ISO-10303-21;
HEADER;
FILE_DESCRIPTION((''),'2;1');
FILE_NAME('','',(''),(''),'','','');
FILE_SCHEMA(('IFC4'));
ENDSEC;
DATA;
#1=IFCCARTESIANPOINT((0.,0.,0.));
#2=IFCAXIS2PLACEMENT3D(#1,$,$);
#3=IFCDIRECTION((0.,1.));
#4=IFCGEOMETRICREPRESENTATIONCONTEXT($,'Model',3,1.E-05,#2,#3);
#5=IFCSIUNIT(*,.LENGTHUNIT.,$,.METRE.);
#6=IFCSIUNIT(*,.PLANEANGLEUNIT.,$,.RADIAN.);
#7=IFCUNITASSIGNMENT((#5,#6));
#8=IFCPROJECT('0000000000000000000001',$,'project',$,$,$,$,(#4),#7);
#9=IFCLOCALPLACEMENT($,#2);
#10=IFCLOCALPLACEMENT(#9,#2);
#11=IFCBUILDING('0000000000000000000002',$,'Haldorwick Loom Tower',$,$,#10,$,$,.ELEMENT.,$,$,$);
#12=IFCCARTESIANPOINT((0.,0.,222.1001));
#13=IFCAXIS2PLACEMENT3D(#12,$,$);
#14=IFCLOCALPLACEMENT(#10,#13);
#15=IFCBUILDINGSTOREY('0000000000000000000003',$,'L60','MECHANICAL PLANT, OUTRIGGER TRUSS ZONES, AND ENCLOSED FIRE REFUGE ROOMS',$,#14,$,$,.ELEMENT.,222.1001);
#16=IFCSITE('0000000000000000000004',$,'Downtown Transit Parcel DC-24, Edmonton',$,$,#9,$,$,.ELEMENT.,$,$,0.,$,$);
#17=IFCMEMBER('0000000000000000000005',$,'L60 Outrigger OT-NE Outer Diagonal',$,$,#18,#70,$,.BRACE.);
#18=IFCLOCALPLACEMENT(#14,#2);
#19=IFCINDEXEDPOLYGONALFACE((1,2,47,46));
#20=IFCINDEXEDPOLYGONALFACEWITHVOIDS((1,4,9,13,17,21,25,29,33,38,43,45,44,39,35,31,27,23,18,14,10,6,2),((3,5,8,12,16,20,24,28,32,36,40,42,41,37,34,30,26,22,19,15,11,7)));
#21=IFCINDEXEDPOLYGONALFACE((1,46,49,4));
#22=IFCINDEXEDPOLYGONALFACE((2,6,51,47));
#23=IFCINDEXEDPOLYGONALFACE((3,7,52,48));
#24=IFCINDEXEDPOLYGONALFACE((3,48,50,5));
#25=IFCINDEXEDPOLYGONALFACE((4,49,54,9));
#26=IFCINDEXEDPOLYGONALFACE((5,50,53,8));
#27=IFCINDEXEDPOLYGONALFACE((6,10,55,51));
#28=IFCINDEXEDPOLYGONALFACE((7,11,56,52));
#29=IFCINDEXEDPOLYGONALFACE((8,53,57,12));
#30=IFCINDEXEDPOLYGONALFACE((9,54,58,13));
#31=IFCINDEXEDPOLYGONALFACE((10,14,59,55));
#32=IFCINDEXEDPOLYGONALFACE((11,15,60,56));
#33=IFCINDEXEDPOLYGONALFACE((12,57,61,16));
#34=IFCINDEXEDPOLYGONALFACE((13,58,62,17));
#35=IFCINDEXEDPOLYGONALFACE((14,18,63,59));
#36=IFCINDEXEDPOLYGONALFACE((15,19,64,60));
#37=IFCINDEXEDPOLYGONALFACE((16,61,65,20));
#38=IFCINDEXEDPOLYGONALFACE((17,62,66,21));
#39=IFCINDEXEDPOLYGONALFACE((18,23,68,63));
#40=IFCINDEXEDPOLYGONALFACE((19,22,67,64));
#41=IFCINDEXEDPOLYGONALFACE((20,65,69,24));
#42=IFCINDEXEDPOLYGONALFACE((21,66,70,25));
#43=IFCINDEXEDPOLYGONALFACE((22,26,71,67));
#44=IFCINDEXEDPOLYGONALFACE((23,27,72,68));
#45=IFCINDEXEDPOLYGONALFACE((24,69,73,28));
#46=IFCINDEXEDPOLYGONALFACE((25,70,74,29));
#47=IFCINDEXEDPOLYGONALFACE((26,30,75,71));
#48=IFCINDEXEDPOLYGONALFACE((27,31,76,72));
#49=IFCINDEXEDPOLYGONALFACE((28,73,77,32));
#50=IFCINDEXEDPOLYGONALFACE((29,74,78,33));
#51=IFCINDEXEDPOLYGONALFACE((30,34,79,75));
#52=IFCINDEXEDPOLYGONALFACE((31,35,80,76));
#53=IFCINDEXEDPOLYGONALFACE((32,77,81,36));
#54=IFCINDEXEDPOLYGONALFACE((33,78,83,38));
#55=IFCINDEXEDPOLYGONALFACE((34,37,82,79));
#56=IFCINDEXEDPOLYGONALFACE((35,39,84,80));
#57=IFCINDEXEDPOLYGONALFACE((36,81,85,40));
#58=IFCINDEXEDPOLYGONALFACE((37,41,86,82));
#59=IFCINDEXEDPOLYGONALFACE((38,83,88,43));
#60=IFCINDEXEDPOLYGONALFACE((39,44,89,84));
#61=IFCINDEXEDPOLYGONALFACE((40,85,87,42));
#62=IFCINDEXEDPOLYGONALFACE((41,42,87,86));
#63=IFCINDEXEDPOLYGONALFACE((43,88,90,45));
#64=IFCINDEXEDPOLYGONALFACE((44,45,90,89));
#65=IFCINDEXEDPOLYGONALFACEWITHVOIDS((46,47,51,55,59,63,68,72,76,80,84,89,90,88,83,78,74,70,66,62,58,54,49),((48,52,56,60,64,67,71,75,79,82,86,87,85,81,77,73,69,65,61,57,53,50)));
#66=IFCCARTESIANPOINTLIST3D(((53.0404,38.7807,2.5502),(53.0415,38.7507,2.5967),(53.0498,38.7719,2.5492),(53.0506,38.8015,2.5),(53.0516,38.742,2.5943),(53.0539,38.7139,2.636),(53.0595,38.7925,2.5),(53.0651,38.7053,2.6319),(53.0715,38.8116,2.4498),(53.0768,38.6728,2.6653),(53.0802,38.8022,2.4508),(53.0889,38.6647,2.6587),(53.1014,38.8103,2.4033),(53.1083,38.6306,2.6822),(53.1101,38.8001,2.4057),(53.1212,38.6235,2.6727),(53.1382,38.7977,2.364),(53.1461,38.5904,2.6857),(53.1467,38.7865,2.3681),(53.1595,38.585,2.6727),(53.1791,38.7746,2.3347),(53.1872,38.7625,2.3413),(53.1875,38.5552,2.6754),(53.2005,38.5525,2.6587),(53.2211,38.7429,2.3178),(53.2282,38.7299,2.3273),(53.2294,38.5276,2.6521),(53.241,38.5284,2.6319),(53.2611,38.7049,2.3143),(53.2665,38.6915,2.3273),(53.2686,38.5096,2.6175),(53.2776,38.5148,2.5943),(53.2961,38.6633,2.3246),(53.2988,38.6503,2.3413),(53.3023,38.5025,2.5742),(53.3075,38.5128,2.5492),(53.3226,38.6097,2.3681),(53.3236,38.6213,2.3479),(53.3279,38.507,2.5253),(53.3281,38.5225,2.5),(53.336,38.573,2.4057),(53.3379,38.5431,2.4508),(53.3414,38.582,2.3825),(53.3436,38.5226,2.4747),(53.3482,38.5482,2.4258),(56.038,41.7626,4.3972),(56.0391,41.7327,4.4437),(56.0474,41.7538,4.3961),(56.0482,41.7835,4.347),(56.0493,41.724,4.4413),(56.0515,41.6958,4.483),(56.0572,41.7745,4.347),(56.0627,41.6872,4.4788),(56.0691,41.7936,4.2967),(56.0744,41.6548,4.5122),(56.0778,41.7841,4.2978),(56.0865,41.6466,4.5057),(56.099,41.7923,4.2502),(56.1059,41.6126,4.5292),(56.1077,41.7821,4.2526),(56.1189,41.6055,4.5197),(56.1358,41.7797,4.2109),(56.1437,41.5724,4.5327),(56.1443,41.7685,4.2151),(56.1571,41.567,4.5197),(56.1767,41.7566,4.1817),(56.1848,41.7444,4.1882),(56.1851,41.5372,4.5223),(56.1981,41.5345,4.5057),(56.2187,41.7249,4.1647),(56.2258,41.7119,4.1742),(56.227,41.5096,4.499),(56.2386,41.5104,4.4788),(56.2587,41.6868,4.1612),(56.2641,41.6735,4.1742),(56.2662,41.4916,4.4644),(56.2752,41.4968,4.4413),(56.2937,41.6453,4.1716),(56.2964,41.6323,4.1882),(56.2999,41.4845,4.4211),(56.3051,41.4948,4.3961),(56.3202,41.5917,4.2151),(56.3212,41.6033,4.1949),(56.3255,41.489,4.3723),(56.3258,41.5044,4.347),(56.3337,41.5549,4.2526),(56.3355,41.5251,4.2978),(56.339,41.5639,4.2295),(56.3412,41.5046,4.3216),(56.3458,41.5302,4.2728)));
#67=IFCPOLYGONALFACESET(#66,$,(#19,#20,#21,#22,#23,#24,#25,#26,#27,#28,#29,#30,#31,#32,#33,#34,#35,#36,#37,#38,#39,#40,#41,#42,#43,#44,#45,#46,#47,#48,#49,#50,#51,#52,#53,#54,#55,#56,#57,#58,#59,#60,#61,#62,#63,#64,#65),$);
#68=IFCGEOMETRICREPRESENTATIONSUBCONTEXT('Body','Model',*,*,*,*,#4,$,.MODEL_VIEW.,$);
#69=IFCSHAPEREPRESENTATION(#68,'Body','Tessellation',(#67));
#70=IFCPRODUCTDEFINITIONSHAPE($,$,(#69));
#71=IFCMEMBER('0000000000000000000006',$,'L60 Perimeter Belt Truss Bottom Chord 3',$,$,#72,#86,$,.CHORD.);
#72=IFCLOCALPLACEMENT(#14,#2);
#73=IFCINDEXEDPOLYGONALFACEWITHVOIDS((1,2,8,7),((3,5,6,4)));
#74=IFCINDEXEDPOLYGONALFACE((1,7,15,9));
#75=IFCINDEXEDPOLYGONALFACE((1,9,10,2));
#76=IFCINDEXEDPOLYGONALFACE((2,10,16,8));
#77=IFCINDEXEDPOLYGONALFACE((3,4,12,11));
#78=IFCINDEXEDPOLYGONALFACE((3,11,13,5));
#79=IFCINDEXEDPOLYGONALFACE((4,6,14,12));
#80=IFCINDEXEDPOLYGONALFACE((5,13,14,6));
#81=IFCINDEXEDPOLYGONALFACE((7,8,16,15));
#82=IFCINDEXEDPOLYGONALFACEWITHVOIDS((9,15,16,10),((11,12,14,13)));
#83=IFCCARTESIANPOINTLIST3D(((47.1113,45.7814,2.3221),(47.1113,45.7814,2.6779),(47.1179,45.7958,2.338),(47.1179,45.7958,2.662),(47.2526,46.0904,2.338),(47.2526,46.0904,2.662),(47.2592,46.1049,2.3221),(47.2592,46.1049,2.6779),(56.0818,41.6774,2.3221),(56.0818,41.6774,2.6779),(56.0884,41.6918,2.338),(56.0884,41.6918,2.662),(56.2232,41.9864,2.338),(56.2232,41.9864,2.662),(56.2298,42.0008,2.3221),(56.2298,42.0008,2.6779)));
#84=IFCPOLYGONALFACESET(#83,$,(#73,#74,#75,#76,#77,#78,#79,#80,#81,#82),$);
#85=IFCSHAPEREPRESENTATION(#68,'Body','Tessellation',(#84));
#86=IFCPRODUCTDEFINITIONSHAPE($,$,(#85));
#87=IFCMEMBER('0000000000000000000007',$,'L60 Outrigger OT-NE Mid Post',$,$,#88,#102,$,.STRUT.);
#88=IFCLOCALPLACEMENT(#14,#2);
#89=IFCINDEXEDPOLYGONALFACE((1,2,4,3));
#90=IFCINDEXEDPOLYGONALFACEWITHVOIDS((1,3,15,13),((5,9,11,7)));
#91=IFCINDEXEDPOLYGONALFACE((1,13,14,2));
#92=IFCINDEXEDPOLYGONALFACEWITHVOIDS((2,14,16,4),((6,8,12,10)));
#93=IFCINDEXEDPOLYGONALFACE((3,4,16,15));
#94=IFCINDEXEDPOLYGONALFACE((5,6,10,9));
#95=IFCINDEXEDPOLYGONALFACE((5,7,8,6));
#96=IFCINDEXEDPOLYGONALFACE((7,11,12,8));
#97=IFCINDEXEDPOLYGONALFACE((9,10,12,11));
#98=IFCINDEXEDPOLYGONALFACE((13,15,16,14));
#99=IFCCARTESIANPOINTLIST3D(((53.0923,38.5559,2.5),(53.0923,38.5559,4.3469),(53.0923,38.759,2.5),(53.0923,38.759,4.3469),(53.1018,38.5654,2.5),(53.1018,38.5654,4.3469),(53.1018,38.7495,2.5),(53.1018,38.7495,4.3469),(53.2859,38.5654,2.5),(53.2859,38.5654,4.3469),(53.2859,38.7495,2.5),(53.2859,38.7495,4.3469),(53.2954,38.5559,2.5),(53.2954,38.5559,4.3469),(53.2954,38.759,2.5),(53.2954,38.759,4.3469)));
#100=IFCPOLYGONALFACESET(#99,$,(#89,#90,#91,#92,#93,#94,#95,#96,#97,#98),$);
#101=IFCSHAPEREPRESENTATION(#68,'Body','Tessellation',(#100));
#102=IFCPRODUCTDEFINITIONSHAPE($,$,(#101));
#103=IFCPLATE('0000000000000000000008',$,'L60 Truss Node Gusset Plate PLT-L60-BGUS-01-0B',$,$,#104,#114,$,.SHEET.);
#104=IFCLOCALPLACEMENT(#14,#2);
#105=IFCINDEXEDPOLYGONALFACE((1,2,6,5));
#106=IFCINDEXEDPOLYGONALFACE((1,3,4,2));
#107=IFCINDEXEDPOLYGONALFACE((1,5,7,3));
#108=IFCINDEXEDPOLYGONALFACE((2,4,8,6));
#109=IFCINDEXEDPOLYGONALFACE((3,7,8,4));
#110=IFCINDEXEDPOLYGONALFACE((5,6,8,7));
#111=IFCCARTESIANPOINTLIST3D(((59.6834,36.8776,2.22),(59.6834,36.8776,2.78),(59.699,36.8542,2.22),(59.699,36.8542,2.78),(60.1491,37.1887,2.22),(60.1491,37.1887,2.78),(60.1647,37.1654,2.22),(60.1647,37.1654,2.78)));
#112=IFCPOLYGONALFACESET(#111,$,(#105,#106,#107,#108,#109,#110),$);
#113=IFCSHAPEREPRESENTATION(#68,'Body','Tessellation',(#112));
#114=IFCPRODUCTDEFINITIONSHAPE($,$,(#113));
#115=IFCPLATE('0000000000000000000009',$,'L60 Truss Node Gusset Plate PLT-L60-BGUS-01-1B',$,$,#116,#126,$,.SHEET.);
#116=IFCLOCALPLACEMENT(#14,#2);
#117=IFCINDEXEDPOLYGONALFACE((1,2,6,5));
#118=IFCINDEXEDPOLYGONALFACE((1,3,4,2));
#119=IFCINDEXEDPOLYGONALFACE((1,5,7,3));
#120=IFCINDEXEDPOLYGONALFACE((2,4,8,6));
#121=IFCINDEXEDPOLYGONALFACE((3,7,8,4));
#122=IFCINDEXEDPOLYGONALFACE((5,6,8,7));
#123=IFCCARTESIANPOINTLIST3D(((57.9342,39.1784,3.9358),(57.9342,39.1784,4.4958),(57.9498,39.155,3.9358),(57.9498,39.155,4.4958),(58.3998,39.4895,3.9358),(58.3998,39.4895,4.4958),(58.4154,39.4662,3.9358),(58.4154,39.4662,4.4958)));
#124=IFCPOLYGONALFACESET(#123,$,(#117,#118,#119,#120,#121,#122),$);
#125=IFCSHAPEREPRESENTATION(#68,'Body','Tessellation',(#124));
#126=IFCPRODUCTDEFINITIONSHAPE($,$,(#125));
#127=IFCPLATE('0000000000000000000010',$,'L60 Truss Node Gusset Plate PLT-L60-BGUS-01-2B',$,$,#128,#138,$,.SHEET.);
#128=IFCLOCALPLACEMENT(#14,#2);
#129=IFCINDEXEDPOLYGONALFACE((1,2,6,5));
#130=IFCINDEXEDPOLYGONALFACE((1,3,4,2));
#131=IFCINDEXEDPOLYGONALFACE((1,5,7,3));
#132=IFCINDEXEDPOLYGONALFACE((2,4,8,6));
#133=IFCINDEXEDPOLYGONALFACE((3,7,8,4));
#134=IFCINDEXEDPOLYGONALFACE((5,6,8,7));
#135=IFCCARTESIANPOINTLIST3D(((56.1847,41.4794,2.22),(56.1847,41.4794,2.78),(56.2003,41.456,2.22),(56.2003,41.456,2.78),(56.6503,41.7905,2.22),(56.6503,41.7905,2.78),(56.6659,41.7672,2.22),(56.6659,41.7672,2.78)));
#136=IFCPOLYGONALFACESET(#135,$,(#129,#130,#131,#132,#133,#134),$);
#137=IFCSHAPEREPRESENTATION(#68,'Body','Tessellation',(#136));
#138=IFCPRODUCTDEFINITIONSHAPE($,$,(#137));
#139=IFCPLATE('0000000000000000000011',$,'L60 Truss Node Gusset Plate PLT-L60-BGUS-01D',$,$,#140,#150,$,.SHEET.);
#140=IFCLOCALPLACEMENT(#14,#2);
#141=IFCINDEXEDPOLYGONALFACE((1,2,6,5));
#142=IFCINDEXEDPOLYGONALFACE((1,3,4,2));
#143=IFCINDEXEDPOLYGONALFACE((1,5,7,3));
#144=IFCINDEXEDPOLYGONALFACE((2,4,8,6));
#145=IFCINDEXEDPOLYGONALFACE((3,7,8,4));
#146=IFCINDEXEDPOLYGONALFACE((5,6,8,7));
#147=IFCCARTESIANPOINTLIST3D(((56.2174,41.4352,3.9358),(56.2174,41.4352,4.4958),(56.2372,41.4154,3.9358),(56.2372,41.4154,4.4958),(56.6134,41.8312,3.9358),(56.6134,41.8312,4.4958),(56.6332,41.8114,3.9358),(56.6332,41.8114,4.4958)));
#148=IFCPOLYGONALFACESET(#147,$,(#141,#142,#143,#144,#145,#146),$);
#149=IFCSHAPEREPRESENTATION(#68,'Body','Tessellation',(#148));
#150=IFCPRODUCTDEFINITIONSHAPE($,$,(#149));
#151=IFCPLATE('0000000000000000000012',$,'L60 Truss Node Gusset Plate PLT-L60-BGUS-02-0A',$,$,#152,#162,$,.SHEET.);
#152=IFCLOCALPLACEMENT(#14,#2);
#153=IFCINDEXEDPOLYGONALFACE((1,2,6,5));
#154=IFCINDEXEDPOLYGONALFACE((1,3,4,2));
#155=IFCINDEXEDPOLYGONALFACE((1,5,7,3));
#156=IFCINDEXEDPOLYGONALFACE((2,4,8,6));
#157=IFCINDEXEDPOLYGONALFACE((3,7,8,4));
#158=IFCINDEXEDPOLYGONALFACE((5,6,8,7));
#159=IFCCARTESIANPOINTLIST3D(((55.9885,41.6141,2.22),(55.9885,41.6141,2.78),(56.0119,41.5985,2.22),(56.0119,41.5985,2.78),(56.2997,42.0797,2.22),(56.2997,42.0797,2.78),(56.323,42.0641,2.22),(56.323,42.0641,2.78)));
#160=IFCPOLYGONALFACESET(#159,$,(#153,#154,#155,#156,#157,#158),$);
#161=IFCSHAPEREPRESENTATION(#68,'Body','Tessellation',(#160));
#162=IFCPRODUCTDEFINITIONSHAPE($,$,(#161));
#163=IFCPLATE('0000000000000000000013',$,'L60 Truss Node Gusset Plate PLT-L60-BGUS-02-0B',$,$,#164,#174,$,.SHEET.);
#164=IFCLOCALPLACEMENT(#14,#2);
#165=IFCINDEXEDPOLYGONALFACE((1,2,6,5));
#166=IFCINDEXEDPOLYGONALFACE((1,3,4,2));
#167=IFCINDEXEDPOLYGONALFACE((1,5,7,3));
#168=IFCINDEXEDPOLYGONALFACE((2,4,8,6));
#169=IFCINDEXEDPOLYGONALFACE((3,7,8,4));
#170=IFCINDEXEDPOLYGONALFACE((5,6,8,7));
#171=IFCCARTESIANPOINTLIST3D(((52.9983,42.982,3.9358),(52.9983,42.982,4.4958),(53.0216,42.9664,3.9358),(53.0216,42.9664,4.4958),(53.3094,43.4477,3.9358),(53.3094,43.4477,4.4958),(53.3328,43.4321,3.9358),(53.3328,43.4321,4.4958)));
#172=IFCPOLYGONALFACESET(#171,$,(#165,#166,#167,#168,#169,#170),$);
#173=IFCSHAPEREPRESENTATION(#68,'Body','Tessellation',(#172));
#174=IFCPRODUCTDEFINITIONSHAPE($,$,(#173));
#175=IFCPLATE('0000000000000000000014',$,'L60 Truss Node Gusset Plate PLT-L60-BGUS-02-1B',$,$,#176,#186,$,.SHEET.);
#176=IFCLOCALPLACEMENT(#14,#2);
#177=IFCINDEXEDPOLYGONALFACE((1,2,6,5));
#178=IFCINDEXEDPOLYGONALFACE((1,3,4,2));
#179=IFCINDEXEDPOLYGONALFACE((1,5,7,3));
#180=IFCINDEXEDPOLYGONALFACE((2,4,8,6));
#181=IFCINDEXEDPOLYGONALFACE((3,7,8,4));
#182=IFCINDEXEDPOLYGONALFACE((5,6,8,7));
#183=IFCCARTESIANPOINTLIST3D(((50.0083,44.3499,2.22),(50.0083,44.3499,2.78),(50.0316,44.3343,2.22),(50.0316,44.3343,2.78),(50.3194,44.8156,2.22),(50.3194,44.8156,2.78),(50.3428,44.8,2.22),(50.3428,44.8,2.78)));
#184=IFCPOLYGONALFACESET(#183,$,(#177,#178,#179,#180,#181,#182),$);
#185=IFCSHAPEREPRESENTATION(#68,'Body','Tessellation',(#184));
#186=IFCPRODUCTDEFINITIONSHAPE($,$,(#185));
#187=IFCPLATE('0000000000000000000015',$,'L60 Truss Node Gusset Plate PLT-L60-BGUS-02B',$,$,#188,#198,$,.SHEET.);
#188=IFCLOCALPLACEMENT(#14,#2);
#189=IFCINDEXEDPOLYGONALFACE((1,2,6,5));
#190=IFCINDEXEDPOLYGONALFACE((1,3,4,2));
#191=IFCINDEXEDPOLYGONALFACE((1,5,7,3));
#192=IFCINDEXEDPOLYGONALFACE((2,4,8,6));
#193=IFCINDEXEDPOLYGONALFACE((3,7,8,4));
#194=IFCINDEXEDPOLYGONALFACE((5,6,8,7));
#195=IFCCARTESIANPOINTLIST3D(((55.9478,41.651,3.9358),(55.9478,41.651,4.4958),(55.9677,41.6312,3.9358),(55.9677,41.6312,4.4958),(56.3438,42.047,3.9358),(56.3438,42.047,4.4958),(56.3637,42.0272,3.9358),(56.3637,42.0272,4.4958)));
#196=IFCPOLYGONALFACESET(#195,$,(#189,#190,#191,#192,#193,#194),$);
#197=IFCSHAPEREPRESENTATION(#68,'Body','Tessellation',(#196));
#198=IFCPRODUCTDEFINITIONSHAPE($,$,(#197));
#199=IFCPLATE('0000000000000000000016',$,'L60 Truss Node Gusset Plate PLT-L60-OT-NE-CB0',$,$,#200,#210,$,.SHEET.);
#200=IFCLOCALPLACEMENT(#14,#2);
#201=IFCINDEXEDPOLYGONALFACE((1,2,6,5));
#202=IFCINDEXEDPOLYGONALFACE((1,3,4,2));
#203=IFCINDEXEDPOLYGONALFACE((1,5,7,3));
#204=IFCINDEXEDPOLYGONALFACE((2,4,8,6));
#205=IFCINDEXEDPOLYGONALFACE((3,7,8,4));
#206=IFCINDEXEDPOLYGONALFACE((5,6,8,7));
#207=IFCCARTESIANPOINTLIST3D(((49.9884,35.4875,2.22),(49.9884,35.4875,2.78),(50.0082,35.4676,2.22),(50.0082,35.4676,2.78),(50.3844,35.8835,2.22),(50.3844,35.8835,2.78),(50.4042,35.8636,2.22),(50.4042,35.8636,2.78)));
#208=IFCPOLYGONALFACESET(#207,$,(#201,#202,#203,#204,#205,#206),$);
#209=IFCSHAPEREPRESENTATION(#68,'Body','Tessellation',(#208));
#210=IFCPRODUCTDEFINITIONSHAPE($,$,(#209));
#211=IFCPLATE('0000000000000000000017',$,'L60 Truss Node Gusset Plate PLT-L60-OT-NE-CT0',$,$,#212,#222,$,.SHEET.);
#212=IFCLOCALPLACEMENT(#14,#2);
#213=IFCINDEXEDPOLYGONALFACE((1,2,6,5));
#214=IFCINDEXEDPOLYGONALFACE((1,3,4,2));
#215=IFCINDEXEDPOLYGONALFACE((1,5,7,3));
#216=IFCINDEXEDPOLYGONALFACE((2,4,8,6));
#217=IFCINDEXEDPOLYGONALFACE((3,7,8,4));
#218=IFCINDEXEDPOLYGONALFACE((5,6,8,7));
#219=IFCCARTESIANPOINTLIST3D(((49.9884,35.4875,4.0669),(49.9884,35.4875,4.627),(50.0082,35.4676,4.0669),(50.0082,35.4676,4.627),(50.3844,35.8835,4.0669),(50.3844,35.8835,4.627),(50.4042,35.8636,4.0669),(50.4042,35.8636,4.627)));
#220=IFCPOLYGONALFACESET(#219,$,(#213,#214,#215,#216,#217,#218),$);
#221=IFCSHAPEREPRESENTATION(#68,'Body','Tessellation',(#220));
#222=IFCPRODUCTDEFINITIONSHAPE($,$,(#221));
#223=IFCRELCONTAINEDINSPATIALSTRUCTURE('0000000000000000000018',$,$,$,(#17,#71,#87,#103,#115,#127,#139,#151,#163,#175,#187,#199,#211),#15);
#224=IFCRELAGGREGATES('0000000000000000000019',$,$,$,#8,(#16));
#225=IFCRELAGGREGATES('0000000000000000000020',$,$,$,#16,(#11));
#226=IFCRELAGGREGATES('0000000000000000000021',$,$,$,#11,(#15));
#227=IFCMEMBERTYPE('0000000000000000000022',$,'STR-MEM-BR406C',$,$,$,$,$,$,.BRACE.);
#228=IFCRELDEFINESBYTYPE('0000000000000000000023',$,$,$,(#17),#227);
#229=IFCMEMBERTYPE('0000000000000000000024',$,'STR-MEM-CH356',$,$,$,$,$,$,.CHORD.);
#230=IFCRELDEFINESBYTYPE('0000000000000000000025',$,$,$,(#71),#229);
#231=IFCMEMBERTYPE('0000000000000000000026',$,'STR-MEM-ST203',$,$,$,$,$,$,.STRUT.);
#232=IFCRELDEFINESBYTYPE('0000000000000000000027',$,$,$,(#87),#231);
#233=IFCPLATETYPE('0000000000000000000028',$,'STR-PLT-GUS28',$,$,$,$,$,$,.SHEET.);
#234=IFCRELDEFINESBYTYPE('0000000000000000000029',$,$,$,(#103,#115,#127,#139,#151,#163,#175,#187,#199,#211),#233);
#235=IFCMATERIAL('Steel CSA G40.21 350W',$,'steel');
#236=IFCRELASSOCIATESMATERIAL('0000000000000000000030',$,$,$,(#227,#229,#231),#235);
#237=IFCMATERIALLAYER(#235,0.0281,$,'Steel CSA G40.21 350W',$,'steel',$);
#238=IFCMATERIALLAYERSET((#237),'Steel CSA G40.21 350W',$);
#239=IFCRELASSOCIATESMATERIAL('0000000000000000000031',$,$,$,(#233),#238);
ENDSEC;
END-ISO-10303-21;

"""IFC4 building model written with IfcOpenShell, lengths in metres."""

from ifc_helpers import new_model, si_unit, direction, frame, origin, origin_2d, place, context, subcontext, project, spatial, rectangle, hollow_rectangle, hollow_circle, extrude, material, layer, layer_set, material_profile, profile_set, type_object, element, save


model = new_model("IFC4")

# Units and contexts
model_context = context("Model", 3, precision=1e-05, world=origin(), true_north=direction((0.0, 1.0)))
body_context = subcontext(model_context, "Body", "Model", "MODEL_VIEW")
ifc_project = project(units=[si_unit("LENGTHUNIT", "METRE"), si_unit("PLANEANGLEUNIT", "RADIAN")], contexts=[model_context])

# Site, building, storey
site_placement = place(None, origin())
site = spatial("IfcSite", under=ifc_project, at=site_placement, Name="Downtown Transit Parcel DC-24, Edmonton", CompositionType="ELEMENT", RefElevation=0.0)
building_placement = place(site_placement, origin())
building = spatial("IfcBuilding", under=site, at=building_placement, Name="Haldorwick Loom Tower", CompositionType="ELEMENT")
storey_placement = place(building_placement, frame((0.0, 0.0, 222.1001)))
storey = spatial("IfcBuildingStorey", under=building, at=storey_placement, Name="L60", Description="MECHANICAL PLANT, OUTRIGGER TRUSS ZONES, AND ENCLOSED FIRE REFUGE ROOMS", CompositionType="ELEMENT", Elevation=222.1001)

# Shared definitions
ifc_material_1 = material(Name="Steel CSA G40.21 350W", Category="steel")

# Members
ifc_material_profile_1 = material_profile(ifc_material_1, hollow_circle(Radius=0.2031, WallThickness=0.0127, at=origin_2d()), Name="HSS406X13", Category="steel")
ifc_profile_set_1 = profile_set([ifc_material_profile_1], Name="Steel CSA G40.21 350W")
member_type_1 = type_object("IfcMemberType", Name="STR-MEM-BR406C", PredefinedType="BRACE", material=ifc_profile_set_1)
member_1_placement = place(storey_placement, frame((53.1938, 38.6575, 2.5), z_axis=(0.649675, 0.646288, 0.400292), x_axis=(-0.705257, 0.708952, 0.0)))
element("IfcMember", 1, at=member_1_placement, inside=storey, type_object=member_type_1, Name="L60 Outrigger OT-NE Outer Diagonal", PredefinedType="BRACE", context=body_context, shape_type="SweptSolid", body=[
    extrude(hollow_circle(Radius=0.2031, WallThickness=0.0127, at=origin_2d()), origin(), (0.0, 0.0, 1.0), 4.614),
])
ifc_material_profile_2 = material_profile(ifc_material_1, hollow_rectangle(XDim=0.3557, YDim=0.3557, WallThickness=0.0159, at=origin_2d()), Name="HSS356X356X16", Category="steel")
ifc_profile_set_2 = profile_set([ifc_material_profile_2], Name="Steel CSA G40.21 350W")
member_type_2 = type_object("IfcMemberType", Name="STR-MEM-CH356", PredefinedType="CHORD", material=ifc_profile_set_2)
member_2_placement = place(storey_placement, frame((56.1558, 41.8391, 2.5), z_axis=(-0.909351, 0.41603, 0.0), x_axis=(-0.41603, -0.909351, 0.0)))
element("IfcMember", 2, at=member_2_placement, inside=storey, type_object=member_type_2, Name="L60 Perimeter Belt Truss Bottom Chord 3", PredefinedType="CHORD", context=body_context, shape_type="SweptSolid", body=[
    extrude(hollow_rectangle(XDim=0.3557, YDim=0.3557, WallThickness=0.0159, at=origin_2d()), origin(), (0.0, 0.0, 1.0), 9.8647),
])
ifc_material_profile_3 = material_profile(ifc_material_1, hollow_rectangle(XDim=0.2031, YDim=0.2031, WallThickness=0.0095, at=origin_2d()), Name="HSS203X203X10", Category="steel")
ifc_profile_set_3 = profile_set([ifc_material_profile_3], Name="Steel CSA G40.21 350W")
member_type_3 = type_object("IfcMemberType", Name="STR-MEM-ST203", PredefinedType="STRUT", material=ifc_profile_set_3)
member_3_placement = place(storey_placement, frame((53.1938, 38.6575, 2.5), z_axis=(0.0, 0.0, 1.0), x_axis=(1.0, 0.0, 0.0)))
element("IfcMember", 3, at=member_3_placement, inside=storey, type_object=member_type_3, Name="L60 Outrigger OT-NE Mid Post", PredefinedType="STRUT", context=body_context, shape_type="SweptSolid", body=[
    extrude(hollow_rectangle(XDim=0.2031, YDim=0.2031, WallThickness=0.0095, at=origin_2d()), origin(), (0.0, 0.0, 1.0), 1.8469),
])

# Plates
ifc_layer_1 = layer(ifc_material_1, 0.0281, Name="Steel CSA G40.21 350W", Category="steel")
ifc_layer_set_1 = layer_set([ifc_layer_1], Name="Steel CSA G40.21 350W")
plate_type = type_object("IfcPlateType", Name="STR-PLT-GUS28", PredefinedType="SHEET", material=ifc_layer_set_1)
for number, where, z_axis, x_axis, name in (
    (4, (59.9241, 37.0215, 2.22), (0.0, 0.0, 1.0), (0.83147, 0.55557, 0.0), "L60 Truss Node Gusset Plate PLT-L60-BGUS-01-0B"),
    (5, (58.1748, 39.3223, 3.9358), (0.0, 0.0, 1.0), (0.83147, 0.55557, 0.0), "L60 Truss Node Gusset Plate PLT-L60-BGUS-01-1B"),
    (6, (56.4253, 41.6233, 2.22), (0.0, 0.0, 1.0), (0.83147, 0.55557, 0.0), "L60 Truss Node Gusset Plate PLT-L60-BGUS-01-2B"),
    (7, (56.4253, 41.6233, 3.9358), (0.0, 0.0, 1.0), (0.707107, 0.707107, 0.0), "L60 Truss Node Gusset Plate PLT-L60-BGUS-01D"),
    (8, (56.1558, 41.8391, 2.22), (0.0, 0.0, 1.0), (0.55557, 0.83147, 0.0), "L60 Truss Node Gusset Plate PLT-L60-BGUS-02-0A"),
    (9, (53.1655, 43.207, 3.9358), (0.0, 0.0, 1.0), (0.55557, 0.83147, 0.0), "L60 Truss Node Gusset Plate PLT-L60-BGUS-02-0B"),
    (10, (50.1755, 44.575, 2.22), (0.0, 0.0, 1.0), (0.55557, 0.83147, 0.0), "L60 Truss Node Gusset Plate PLT-L60-BGUS-02-1B"),
    (11, (56.1558, 41.8391, 3.9358), (0.0, 0.0, 1.0), (0.707107, 0.707107, 0.0), "L60 Truss Node Gusset Plate PLT-L60-BGUS-02B"),
    (12, (50.1963, 35.6755, 2.22), (0.0, 0.0, 1.0), (0.707107, 0.707107, 0.0), "L60 Truss Node Gusset Plate PLT-L60-OT-NE-CB0"),
    (13, (50.1963, 35.6755, 4.0669), (0.0, 0.0, 1.0), (0.707107, 0.707107, 0.0), "L60 Truss Node Gusset Plate PLT-L60-OT-NE-CT0"),
):
    element("IfcPlate", number, at=place(storey_placement, frame(where, z_axis=z_axis, x_axis=x_axis)), inside=storey, type_object=plate_type, Name=name, PredefinedType="SHEET", context=body_context, shape_type="SweptSolid", body=[
        extrude(rectangle(XDim=0.5601, YDim=0.0281, at=origin_2d()), origin(), (0.0, 0.0, 1.0), 0.5601),
    ])

save(model, "model.ifc")
